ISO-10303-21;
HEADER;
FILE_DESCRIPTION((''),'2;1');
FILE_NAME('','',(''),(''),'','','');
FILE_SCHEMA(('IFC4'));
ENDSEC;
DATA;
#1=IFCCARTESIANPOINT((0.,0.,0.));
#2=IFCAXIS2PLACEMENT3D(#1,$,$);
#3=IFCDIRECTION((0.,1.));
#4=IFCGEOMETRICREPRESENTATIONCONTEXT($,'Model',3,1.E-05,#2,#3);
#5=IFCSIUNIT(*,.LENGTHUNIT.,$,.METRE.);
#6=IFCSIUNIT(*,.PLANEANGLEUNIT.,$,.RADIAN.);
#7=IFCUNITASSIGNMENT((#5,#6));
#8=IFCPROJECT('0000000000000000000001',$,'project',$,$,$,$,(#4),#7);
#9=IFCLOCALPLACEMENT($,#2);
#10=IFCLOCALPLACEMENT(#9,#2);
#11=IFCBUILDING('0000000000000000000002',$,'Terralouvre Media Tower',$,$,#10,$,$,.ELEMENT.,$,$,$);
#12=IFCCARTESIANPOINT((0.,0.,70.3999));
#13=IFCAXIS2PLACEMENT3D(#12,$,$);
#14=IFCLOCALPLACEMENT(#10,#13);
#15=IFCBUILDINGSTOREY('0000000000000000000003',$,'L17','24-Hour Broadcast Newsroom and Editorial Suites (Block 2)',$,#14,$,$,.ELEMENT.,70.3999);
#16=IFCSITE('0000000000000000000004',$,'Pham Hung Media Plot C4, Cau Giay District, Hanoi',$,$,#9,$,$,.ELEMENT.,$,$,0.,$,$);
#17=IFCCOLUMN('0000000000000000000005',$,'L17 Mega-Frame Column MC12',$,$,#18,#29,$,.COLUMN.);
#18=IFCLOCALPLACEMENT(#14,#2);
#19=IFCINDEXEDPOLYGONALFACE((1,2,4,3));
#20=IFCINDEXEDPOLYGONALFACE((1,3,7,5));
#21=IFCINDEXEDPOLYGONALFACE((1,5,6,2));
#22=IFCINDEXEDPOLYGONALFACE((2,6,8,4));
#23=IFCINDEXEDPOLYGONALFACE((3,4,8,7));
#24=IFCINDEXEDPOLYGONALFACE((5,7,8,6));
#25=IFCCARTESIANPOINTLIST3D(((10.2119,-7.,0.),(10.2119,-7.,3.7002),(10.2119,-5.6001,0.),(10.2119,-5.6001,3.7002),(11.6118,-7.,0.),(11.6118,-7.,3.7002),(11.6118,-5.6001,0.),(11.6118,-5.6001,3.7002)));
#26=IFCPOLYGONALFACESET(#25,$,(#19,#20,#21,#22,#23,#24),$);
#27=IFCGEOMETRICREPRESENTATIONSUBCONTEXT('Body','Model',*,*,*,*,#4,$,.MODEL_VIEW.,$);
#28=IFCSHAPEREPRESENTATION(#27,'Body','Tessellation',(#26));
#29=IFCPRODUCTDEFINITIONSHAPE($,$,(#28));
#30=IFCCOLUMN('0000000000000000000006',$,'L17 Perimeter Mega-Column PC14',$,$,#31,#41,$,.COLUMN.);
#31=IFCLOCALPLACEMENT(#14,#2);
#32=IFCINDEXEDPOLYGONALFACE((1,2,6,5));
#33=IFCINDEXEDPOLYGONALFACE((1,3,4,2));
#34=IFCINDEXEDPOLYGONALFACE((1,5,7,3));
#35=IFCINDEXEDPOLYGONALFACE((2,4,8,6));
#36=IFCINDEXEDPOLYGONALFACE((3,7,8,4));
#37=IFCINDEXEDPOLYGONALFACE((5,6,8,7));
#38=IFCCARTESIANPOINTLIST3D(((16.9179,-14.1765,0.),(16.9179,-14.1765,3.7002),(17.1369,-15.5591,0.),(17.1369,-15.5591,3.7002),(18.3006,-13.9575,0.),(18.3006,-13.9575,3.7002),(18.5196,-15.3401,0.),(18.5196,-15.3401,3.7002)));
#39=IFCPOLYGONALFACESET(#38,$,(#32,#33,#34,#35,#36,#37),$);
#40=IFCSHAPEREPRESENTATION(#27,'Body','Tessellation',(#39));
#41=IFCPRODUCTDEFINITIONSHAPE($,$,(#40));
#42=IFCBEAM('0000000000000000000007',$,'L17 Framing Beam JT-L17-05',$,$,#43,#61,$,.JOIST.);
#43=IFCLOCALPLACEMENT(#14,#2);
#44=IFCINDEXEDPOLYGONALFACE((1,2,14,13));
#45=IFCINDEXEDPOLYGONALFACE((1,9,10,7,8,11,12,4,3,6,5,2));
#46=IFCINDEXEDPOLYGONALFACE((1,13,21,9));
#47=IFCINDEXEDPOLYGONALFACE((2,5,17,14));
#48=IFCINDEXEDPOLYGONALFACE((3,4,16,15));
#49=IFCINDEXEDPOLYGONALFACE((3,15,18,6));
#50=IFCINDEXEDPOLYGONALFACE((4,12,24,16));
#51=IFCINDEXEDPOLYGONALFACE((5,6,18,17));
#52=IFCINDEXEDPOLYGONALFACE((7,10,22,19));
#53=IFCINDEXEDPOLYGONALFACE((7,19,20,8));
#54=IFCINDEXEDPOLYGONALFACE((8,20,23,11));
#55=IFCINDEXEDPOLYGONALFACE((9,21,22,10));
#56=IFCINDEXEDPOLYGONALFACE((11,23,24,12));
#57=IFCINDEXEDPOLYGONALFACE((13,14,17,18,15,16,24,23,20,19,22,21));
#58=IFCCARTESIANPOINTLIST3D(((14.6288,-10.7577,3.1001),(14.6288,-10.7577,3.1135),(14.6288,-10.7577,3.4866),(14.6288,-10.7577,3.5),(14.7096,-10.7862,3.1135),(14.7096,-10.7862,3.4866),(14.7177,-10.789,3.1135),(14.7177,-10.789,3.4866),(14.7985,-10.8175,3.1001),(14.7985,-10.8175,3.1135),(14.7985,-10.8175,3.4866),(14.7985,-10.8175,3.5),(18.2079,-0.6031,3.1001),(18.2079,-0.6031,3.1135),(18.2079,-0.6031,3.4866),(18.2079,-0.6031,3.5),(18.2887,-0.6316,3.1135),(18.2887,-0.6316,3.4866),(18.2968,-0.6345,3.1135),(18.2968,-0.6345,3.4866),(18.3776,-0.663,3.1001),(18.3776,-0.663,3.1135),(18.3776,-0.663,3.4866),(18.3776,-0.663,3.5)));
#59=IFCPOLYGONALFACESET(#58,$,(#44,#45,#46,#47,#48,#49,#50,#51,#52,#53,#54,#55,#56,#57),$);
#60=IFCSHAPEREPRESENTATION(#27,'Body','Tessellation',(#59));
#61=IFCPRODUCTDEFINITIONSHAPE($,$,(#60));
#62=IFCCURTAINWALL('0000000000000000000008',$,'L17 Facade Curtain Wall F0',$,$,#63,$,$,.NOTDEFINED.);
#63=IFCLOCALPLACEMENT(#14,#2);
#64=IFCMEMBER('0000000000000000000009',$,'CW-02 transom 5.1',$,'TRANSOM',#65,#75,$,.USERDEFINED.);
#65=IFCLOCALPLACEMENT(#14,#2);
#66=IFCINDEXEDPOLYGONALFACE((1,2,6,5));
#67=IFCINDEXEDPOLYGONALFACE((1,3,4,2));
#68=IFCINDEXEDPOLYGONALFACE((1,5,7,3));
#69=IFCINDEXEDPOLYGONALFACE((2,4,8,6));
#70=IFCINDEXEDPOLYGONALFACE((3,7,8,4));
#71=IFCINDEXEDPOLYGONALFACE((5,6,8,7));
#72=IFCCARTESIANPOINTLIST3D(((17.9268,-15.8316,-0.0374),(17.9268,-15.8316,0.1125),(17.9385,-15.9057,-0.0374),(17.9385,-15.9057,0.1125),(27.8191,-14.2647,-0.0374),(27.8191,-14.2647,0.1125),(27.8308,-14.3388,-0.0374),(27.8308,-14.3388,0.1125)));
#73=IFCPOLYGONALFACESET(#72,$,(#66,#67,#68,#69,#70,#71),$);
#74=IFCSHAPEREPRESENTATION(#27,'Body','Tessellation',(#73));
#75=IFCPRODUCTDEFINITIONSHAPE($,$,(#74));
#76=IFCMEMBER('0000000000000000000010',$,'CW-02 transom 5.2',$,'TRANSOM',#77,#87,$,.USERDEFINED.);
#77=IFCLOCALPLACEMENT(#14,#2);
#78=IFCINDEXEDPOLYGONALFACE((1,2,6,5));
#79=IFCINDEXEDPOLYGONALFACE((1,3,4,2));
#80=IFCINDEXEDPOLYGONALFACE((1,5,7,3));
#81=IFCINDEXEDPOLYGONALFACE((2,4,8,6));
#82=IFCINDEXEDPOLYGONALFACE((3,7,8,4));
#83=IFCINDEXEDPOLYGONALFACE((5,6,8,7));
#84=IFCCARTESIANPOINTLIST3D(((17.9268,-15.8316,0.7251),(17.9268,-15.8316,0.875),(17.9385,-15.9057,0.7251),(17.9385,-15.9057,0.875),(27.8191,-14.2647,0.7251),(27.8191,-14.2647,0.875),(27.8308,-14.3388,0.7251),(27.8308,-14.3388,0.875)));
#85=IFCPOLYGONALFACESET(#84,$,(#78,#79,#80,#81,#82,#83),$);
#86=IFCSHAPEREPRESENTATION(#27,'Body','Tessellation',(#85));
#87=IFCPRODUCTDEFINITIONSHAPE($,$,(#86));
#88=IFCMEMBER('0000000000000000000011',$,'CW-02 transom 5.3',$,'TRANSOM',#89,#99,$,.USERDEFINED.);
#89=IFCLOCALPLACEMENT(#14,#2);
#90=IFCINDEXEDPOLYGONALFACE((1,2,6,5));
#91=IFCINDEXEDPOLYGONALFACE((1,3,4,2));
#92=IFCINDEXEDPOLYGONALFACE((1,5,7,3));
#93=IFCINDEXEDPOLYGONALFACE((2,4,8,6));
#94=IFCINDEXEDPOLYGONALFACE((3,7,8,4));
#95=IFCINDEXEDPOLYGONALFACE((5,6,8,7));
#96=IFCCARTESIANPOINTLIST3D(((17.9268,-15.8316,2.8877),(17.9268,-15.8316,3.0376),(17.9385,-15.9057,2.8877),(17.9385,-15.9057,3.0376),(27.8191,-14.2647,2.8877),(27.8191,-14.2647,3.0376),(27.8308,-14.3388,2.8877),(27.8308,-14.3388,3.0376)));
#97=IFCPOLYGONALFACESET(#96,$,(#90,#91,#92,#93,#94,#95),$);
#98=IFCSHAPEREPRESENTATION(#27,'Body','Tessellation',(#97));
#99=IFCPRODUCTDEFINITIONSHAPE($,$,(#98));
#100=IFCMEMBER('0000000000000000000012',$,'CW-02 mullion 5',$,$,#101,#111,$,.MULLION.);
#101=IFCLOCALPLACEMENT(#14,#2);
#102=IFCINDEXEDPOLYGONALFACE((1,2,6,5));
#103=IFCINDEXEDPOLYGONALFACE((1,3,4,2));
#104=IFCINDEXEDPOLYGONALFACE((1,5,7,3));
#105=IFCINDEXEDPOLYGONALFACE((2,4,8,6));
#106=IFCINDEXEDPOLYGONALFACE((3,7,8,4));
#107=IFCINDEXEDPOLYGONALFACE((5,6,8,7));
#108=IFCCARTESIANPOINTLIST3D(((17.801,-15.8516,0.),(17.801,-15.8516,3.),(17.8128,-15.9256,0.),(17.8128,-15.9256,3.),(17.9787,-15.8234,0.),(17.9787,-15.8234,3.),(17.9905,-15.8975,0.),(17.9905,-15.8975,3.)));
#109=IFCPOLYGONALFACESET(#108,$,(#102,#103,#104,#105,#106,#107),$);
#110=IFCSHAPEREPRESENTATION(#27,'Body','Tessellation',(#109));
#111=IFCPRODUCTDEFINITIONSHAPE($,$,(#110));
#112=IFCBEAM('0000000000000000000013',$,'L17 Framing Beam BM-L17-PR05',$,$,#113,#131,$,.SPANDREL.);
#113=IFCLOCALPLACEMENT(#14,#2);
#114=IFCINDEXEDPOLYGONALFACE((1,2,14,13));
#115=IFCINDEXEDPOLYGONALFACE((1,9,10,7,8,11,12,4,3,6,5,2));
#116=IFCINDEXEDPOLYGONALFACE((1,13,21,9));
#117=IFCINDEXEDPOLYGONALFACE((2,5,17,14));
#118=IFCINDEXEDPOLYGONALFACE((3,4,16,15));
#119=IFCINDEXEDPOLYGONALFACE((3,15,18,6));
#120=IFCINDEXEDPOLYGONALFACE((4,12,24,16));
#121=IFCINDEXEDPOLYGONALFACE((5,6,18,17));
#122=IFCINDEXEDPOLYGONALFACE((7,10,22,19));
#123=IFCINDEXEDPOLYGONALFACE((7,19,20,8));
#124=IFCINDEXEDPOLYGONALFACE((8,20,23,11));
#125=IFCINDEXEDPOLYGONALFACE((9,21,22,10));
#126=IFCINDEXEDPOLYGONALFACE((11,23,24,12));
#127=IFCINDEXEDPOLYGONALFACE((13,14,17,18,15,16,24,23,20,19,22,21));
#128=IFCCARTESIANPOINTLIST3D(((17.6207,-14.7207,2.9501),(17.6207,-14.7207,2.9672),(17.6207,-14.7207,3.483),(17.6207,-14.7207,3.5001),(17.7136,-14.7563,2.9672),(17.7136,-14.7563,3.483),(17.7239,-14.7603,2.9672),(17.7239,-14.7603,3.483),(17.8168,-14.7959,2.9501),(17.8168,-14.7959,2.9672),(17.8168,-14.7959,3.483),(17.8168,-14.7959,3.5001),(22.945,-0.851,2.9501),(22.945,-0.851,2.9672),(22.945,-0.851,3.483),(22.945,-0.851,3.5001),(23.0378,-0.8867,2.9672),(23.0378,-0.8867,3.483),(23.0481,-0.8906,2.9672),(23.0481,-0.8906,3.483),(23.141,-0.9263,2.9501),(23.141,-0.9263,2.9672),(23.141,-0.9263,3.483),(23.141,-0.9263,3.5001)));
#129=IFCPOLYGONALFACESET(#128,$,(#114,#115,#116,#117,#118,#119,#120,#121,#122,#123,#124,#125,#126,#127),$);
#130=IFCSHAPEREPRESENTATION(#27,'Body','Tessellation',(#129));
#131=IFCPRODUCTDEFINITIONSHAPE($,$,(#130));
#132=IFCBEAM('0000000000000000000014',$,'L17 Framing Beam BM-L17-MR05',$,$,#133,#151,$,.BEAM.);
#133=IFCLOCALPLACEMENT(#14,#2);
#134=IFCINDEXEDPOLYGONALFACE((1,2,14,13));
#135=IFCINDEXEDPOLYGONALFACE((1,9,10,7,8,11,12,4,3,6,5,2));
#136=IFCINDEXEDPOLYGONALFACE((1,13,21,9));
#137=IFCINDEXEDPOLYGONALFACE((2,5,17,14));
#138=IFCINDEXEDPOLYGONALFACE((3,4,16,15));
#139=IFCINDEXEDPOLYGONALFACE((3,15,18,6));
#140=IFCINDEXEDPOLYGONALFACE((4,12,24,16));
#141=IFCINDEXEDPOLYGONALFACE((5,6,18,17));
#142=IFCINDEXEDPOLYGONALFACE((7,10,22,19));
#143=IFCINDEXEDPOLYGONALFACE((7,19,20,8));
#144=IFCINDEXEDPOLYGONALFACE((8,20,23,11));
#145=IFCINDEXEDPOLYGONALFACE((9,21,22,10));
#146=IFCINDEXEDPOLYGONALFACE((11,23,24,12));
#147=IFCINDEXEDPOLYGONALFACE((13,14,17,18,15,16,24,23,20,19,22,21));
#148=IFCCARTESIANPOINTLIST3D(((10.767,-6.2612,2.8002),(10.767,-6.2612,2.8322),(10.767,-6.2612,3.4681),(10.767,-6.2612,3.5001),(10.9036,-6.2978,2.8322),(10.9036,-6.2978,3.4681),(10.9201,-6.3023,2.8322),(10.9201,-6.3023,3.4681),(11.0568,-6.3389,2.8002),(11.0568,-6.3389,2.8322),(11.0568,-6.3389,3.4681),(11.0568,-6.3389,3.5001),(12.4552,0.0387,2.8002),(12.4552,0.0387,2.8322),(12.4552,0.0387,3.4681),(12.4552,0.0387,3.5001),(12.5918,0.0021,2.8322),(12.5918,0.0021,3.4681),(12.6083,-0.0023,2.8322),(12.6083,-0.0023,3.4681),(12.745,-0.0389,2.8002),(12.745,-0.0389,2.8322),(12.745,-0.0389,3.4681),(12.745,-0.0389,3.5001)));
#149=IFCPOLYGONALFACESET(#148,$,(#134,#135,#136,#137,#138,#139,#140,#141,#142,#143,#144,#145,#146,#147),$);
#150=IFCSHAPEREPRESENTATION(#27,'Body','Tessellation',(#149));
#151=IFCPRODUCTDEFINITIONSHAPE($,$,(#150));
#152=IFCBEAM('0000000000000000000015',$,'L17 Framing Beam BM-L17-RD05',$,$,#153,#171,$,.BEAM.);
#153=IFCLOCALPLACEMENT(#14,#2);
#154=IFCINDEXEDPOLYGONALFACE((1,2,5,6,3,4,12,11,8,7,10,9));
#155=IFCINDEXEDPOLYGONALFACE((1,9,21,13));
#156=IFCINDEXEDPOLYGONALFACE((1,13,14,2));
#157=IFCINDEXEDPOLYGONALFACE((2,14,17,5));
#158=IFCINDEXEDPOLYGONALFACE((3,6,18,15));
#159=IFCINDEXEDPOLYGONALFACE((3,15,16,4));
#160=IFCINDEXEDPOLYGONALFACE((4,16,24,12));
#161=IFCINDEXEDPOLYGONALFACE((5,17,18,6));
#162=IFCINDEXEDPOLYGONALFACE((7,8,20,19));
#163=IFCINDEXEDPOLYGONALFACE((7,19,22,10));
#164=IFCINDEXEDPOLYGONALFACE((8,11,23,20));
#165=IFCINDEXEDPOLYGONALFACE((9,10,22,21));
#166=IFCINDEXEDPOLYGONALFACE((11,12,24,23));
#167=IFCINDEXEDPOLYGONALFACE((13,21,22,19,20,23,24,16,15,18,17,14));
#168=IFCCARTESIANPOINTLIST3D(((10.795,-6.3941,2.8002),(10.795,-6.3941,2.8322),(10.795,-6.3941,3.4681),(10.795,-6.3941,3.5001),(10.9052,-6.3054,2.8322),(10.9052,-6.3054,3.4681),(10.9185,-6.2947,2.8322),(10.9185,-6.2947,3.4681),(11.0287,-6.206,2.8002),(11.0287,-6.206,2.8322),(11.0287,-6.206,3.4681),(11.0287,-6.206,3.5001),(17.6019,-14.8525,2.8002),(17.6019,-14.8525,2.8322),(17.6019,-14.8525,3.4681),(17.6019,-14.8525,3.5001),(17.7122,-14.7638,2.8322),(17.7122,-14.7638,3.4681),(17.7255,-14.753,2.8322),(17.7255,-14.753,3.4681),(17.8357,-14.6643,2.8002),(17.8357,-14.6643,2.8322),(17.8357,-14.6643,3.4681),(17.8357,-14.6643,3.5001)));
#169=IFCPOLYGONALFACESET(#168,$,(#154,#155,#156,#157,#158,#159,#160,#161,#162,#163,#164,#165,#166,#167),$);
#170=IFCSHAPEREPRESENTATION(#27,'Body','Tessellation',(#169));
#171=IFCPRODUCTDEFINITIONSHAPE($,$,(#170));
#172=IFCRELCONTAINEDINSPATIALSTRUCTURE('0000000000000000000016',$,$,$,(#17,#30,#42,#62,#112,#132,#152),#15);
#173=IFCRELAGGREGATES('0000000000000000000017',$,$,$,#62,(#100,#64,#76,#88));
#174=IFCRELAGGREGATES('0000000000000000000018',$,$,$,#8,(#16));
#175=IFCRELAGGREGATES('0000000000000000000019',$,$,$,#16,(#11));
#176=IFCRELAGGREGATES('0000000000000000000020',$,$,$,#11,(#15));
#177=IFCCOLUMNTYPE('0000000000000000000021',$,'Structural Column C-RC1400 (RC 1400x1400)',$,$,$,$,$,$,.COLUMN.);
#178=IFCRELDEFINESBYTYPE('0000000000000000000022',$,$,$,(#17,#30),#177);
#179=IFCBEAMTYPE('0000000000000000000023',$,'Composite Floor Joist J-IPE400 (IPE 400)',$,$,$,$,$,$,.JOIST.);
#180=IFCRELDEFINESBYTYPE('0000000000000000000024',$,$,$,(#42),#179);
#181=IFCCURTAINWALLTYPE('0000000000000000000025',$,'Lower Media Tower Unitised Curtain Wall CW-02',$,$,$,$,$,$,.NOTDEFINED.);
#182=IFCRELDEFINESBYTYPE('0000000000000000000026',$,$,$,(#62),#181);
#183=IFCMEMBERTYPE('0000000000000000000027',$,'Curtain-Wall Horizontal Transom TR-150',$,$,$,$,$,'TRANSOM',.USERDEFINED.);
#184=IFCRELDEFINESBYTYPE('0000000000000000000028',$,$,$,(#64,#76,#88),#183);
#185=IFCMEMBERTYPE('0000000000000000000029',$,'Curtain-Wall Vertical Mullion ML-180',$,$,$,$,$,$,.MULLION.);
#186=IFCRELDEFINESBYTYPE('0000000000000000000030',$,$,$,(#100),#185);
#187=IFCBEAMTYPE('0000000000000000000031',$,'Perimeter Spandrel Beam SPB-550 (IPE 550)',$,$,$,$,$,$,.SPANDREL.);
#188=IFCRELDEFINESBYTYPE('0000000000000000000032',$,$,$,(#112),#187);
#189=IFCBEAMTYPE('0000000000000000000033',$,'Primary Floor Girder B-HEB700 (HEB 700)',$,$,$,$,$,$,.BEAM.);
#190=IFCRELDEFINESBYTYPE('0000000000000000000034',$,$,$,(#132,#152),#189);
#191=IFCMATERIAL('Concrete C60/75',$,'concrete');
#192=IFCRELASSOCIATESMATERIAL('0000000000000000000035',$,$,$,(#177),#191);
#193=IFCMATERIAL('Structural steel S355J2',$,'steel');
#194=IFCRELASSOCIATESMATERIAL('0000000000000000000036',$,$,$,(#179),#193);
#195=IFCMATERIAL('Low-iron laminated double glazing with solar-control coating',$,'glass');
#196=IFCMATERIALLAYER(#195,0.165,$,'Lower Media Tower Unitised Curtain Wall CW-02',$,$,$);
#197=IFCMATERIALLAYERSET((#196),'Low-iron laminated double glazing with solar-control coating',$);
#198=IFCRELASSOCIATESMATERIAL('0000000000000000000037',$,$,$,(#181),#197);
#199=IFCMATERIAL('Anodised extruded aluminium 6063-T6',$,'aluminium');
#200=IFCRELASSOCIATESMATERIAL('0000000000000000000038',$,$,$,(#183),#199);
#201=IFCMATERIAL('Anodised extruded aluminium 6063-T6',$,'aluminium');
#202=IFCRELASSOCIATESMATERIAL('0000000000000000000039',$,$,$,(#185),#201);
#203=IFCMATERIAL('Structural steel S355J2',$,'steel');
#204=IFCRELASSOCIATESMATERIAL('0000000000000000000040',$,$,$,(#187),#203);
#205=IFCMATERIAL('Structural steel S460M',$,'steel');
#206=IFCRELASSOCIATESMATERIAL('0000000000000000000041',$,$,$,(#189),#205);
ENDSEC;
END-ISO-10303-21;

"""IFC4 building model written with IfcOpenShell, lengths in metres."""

from ifc_helpers import new_model, si_unit, direction, frame, origin, origin_2d, place, context, subcontext, project, spatial, rectangle, i_section, extrude, material, layer, layer_set, material_profile, profile_set, type_object, element, aggregate, save


model = new_model("IFC4")

# Units and contexts
model_context = context("Model", 3, precision=1e-05, world=origin(), true_north=direction((0.0, 1.0)))
body_context = subcontext(model_context, "Body", "Model", "MODEL_VIEW")
ifc_project = project(units=[si_unit("LENGTHUNIT", "METRE"), si_unit("PLANEANGLEUNIT", "RADIAN")], contexts=[model_context])

# Site, building, storey
site_placement = place(None, origin())
site = spatial("IfcSite", under=ifc_project, at=site_placement, Name="Pham Hung Media Plot C4, Cau Giay District, Hanoi", CompositionType="ELEMENT", RefElevation=0.0)
building_placement = place(site_placement, origin())
building = spatial("IfcBuilding", under=site, at=building_placement, Name="Terralouvre Media Tower", CompositionType="ELEMENT")
storey_placement = place(building_placement, frame((0.0, 0.0, 70.3999)))
storey = spatial("IfcBuildingStorey", under=building, at=storey_placement, Name="L17", Description="24-Hour Broadcast Newsroom and Editorial Suites (Block 2)", CompositionType="ELEMENT", Elevation=70.3999)

# Columns
ifc_material_1 = material(Name="Concrete C60/75", Category="concrete")
ifc_material_profile_1 = material_profile(ifc_material_1, rectangle(XDim=1.3999, YDim=1.3999, at=origin_2d()), Name="RC 1400x1400")
ifc_profile_set_1 = profile_set([ifc_material_profile_1], Name="Concrete C60/75")
column_type = type_object("IfcColumnType", Name="Structural Column C-RC1400 (RC 1400x1400)", PredefinedType="COLUMN", material=ifc_profile_set_1)
for number, where, z_axis, x_axis, name in (
    (1, (10.9119, -6.3, 0.0), (0.0, 0.0, 1.0), (1.0, 0.0, 0.0), "L17 Mega-Frame Column MC12"),
    (2, (17.7188, -14.7583, 0.0), (0.0, 0.0, 1.0), (0.987688, 0.156434, 0.0), "L17 Perimeter Mega-Column PC14"),
):
    element("IfcColumn", number, at=place(storey_placement, frame(where, z_axis=z_axis, x_axis=x_axis)), inside=storey, type_object=column_type, Name=name, PredefinedType="COLUMN", context=body_context, shape_type="SweptSolid", body=[
        extrude(rectangle(XDim=1.3999, YDim=1.3999, at=origin_2d()), origin(), (0.0, 0.0, 1.0), 3.7002),
    ])

# Beam
ifc_material_2 = material(Name="Structural steel S355J2", Category="steel")
ifc_material_profile_2 = material_profile(ifc_material_2, i_section(OverallWidth=0.1799, OverallDepth=0.3999, WebThickness=0.0085, FlangeThickness=0.0134, at=origin_2d()), Name="IPE 400")
ifc_profile_set_2 = profile_set([ifc_material_profile_2], Name="Structural steel S355J2")
beam_type_1 = type_object("IfcBeamType", Name="Composite Floor Joist J-IPE400 (IPE 400)", PredefinedType="JOIST", material=ifc_profile_set_2)
beam_1_placement = place(storey_placement, frame((14.7136, -10.7876, 3.3), z_axis=(0.332419, 0.943132, 0.0), x_axis=(-0.943132, 0.332419, 0.0)))
element("IfcBeam", 3, at=beam_1_placement, inside=storey, type_object=beam_type_1, Name="L17 Framing Beam JT-L17-05", PredefinedType="JOIST", context=body_context, shape_type="SweptSolid", body=[
    extrude(i_section(OverallWidth=0.1799, OverallDepth=0.3999, WebThickness=0.0085, FlangeThickness=0.0134, at=origin_2d()), origin(), (0.0, 0.0, 1.0), 10.7668),
])

# Curtain wall, members
ifc_material_3 = material(Name="Low-iron laminated double glazing with solar-control coating", Category="glass")
ifc_layer_1 = layer(ifc_material_3, 0.165, Name="Lower Media Tower Unitised Curtain Wall CW-02")
ifc_layer_set_1 = layer_set([ifc_layer_1], Name="Low-iron laminated double glazing with solar-control coating")
curtain_wall_type = type_object("IfcCurtainWallType", Name="Lower Media Tower Unitised Curtain Wall CW-02", PredefinedType="NOTDEFINED", material=ifc_layer_set_1)
curtain_wall_placement = place(storey_placement, origin())
curtain_wall = element("IfcCurtainWall", 4, at=curtain_wall_placement, inside=storey, type_object=curtain_wall_type, Name="L17 Facade Curtain Wall F0", PredefinedType="NOTDEFINED")
ifc_material_4 = material(Name="Anodised extruded aluminium 6063-T6", Category="aluminium")
ifc_material_profile_3 = material_profile(ifc_material_4, rectangle(XDim=0.075, YDim=0.1499, at=origin_2d()), Name="ALU 75x150")
ifc_profile_set_3 = profile_set([ifc_material_profile_3], Name="Anodised extruded aluminium 6063-T6")
member_type_1 = type_object("IfcMemberType", Name="Curtain-Wall Horizontal Transom TR-150", ElementType="TRANSOM", PredefinedType="USERDEFINED", material=ifc_profile_set_3)
member_1_placement = place(storey_placement, frame((17.9326, -15.8687, 0.0376), z_axis=(0.987687, 0.156444, 0.0), x_axis=(-0.156444, 0.987687, 0.0)))
member_1 = element("IfcMember", 5, at=member_1_placement, type_object=member_type_1, Name="CW-02 transom 5.1", ObjectType="TRANSOM", PredefinedType="USERDEFINED", context=body_context, shape_type="SweptSolid", body=[
    extrude(rectangle(XDim=0.075, YDim=0.1499, at=origin_2d()), origin(), (0.0, 0.0, 1.0), 10.0156),
])
member_2_placement = place(storey_placement, frame((17.9326, -15.8687, 0.8), z_axis=(0.987687, 0.156444, 0.0), x_axis=(-0.156444, 0.987687, 0.0)))
member_2 = element("IfcMember", 6, at=member_2_placement, type_object=member_type_1, Name="CW-02 transom 5.2", ObjectType="TRANSOM", PredefinedType="USERDEFINED", context=body_context, shape_type="SweptSolid", body=[
    extrude(rectangle(XDim=0.075, YDim=0.1499, at=origin_2d()), origin(), (0.0, 0.0, 1.0), 10.0156),
])
member_3_placement = place(storey_placement, frame((17.9326, -15.8687, 2.9626), z_axis=(0.987687, 0.156444, 0.0), x_axis=(-0.156444, 0.987687, 0.0)))
member_3 = element("IfcMember", 7, at=member_3_placement, type_object=member_type_1, Name="CW-02 transom 5.3", ObjectType="TRANSOM", PredefinedType="USERDEFINED", context=body_context, shape_type="SweptSolid", body=[
    extrude(rectangle(XDim=0.075, YDim=0.1499, at=origin_2d()), origin(), (0.0, 0.0, 1.0), 10.0156),
])
ifc_material_5 = material(Name="Anodised extruded aluminium 6063-T6", Category="aluminium")
ifc_material_profile_4 = material_profile(ifc_material_5, rectangle(XDim=0.075, YDim=0.1799, at=origin_2d()), Name="ALU 75x180")
ifc_profile_set_4 = profile_set([ifc_material_profile_4], Name="Anodised extruded aluminium 6063-T6")
member_type_2 = type_object("IfcMemberType", Name="Curtain-Wall Vertical Mullion ML-180", PredefinedType="MULLION", material=ifc_profile_set_4)
member_4_placement = place(storey_placement, frame((17.8958, -15.8745, 0.0), z_axis=(0.0, 0.0, 1.0), x_axis=(-0.156434, 0.987688, 0.0)))
member_4 = element("IfcMember", 8, at=member_4_placement, type_object=member_type_2, Name="CW-02 mullion 5", PredefinedType="MULLION", context=body_context, shape_type="SweptSolid", body=[
    extrude(rectangle(XDim=0.075, YDim=0.1799, at=origin_2d()), origin(), (0.0, 0.0, 1.0), 3.0),
])

# Beams
ifc_material_6 = material(Name="Structural steel S355J2", Category="steel")
ifc_material_profile_5 = material_profile(ifc_material_6, i_section(OverallWidth=0.21, OverallDepth=0.55, WebThickness=0.011, FlangeThickness=0.0171, at=origin_2d()), Name="IPE 550")
ifc_profile_set_5 = profile_set([ifc_material_profile_5], Name="Structural steel S355J2")
beam_type_2 = type_object("IfcBeamType", Name="Perimeter Spandrel Beam SPB-550 (IPE 550)", PredefinedType="SPANDREL", material=ifc_profile_set_5)
beam_2_placement = place(storey_placement, frame((17.7188, -14.7583, 3.2251), z_axis=(0.358378, 0.933577, 0.0), x_axis=(-0.933577, 0.358378, 0.0)))
element("IfcBeam", 9, at=beam_2_placement, inside=storey, type_object=beam_type_2, Name="L17 Framing Beam BM-L17-PR05", PredefinedType="SPANDREL", context=body_context, shape_type="SweptSolid", body=[
    extrude(i_section(OverallWidth=0.21, OverallDepth=0.55, WebThickness=0.011, FlangeThickness=0.0171, at=origin_2d()), origin(), (0.0, 0.0, 1.0), 14.8564),
])
ifc_material_7 = material(Name="Structural steel S460M", Category="steel")
ifc_material_profile_6 = material_profile(ifc_material_7, i_section(OverallWidth=0.3, OverallDepth=0.7, WebThickness=0.0171, FlangeThickness=0.032, at=origin_2d()), Name="HEB 700")
ifc_profile_set_6 = profile_set([ifc_material_profile_6], Name="Structural steel S460M")
beam_type_3 = type_object("IfcBeamType", Name="Primary Floor Girder B-HEB700 (HEB 700)", PredefinedType="BEAM", material=ifc_profile_set_6)
beam_3_placement = place(storey_placement, frame((10.9119, -6.3, 3.1501), z_axis=(0.258839, 0.96592, 0.0), x_axis=(-0.96592, 0.258839, 0.0)))
element("IfcBeam", 10, at=beam_3_placement, inside=storey, type_object=beam_type_3, Name="L17 Framing Beam BM-L17-MR05", PredefinedType="BEAM", context=body_context, shape_type="SweptSolid", body=[
    extrude(i_section(OverallWidth=0.3, OverallDepth=0.7, WebThickness=0.0171, FlangeThickness=0.032, at=origin_2d()), origin(), (0.0, 0.0, 1.0), 6.5222),
])
beam_4_placement = place(storey_placement, frame((10.9119, -6.3, 3.1501), z_axis=(0.626955, -0.779056, 0.0), x_axis=(0.779056, 0.626955, 0.0)))
element("IfcBeam", 11, at=beam_4_placement, inside=storey, type_object=beam_type_3, Name="L17 Framing Beam BM-L17-RD05", PredefinedType="BEAM", context=body_context, shape_type="SweptSolid", body=[
    extrude(i_section(OverallWidth=0.3, OverallDepth=0.7, WebThickness=0.0171, FlangeThickness=0.032, at=origin_2d()), origin(), (0.0, 0.0, 1.0), 10.8572),
])

aggregate(curtain_wall, [member_4, member_1, member_2, member_3])

save(model, "model.ifc")
